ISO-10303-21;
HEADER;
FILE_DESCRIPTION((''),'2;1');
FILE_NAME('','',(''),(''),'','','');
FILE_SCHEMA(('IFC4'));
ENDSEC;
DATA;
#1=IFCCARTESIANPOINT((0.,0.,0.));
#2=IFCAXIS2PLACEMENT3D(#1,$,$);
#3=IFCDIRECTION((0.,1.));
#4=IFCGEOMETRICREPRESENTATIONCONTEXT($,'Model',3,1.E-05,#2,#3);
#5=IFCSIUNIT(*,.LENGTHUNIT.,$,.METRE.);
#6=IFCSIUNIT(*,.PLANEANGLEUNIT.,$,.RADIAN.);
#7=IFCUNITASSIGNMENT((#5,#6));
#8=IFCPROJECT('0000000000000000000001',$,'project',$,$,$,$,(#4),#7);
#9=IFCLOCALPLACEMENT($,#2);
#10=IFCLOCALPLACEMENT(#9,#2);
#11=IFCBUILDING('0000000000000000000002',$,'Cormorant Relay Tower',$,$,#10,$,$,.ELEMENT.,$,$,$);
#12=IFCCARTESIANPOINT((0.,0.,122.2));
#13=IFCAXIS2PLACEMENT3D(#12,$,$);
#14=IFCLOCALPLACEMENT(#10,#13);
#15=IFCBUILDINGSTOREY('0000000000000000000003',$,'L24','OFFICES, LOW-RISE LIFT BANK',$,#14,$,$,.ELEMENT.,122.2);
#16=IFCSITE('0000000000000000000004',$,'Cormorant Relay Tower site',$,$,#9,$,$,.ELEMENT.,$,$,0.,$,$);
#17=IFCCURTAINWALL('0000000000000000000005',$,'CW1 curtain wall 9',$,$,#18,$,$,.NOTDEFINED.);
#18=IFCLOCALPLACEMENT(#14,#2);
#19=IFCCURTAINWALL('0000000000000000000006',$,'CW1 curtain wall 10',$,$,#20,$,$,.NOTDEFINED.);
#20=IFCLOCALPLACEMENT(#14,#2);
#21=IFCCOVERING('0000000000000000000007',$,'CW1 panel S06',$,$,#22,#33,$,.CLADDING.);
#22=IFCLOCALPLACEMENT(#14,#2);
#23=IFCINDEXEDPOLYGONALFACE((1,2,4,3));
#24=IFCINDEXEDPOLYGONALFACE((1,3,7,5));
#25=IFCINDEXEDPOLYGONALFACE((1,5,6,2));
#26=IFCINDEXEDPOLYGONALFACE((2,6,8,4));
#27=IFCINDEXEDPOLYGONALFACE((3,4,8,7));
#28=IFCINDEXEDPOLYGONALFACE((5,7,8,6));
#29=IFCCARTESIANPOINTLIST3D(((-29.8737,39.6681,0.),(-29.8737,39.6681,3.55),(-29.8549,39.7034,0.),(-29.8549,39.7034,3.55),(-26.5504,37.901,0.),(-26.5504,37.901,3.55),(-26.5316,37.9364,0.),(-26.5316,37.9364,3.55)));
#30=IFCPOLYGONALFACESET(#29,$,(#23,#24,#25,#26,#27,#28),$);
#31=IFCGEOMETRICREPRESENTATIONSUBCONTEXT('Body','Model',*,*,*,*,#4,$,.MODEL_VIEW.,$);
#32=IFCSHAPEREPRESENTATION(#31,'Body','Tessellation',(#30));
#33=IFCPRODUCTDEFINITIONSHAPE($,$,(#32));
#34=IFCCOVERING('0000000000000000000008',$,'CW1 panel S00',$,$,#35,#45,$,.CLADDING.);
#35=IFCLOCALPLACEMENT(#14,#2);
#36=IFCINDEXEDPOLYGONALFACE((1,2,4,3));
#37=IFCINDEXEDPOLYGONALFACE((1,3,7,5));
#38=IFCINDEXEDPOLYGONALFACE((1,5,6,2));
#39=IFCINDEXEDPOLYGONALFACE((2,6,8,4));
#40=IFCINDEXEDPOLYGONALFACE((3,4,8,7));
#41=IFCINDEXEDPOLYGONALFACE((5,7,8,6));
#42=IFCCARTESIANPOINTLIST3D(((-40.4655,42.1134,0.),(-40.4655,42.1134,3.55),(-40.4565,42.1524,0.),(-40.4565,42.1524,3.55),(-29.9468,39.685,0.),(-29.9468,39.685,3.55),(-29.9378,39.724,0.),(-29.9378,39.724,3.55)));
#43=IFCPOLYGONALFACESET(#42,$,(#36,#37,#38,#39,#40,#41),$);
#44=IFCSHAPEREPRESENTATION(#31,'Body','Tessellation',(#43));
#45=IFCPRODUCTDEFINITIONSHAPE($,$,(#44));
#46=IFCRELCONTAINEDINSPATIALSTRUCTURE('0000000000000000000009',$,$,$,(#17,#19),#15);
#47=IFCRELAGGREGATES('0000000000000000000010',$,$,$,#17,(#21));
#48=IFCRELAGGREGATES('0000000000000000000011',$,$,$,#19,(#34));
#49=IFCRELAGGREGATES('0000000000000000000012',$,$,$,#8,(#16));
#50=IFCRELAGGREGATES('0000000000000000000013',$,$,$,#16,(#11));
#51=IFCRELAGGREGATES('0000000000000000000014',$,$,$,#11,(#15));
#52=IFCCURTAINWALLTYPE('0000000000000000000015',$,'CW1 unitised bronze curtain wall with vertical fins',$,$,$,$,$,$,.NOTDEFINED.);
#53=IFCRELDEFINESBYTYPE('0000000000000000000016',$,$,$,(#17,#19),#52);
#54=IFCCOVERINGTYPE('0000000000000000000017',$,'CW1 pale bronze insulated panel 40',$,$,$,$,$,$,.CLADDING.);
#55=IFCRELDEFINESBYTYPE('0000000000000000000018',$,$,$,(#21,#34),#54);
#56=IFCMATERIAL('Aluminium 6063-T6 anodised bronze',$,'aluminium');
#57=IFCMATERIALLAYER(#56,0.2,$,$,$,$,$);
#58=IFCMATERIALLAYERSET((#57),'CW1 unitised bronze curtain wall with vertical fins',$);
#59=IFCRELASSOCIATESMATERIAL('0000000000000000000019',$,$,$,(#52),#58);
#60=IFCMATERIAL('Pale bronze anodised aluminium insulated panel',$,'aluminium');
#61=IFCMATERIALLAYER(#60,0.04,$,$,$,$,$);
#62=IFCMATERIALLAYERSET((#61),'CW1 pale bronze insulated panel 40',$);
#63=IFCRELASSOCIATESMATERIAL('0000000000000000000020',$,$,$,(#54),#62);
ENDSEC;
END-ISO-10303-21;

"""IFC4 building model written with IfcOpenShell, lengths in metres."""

from ifc_helpers import new_model, si_unit, direction, frame, origin, origin_2d, place, context, subcontext, project, spatial, rectangle, extrude, material, layer, layer_set, type_object, element, aggregate, save


model = new_model("IFC4")

# Units and contexts
model_context = context("Model", 3, precision=1e-05, world=origin(), true_north=direction((0.0, 1.0)))
body_context = subcontext(model_context, "Body", "Model", "MODEL_VIEW")
ifc_project = project(units=[si_unit("LENGTHUNIT", "METRE"), si_unit("PLANEANGLEUNIT", "RADIAN")], contexts=[model_context])

# Site, building, storey
site_placement = place(None, origin())
site = spatial("IfcSite", under=ifc_project, at=site_placement, Name="Cormorant Relay Tower site", CompositionType="ELEMENT", RefElevation=0.0)
building_placement = place(site_placement, origin())
building = spatial("IfcBuilding", under=site, at=building_placement, Name="Cormorant Relay Tower", CompositionType="ELEMENT")
storey_placement = place(building_placement, frame((0.0, 0.0, 122.2)))
storey = spatial("IfcBuildingStorey", under=building, at=storey_placement, Name="L24", Description="OFFICES, LOW-RISE LIFT BANK", CompositionType="ELEMENT", Elevation=122.2)

# Curtain wall
ifc_material_1 = material(Name="Aluminium 6063-T6 anodised bronze", Category="aluminium")
ifc_layer_1 = layer(ifc_material_1, 0.2)
ifc_layer_set_1 = layer_set([ifc_layer_1], Name="CW1 unitised bronze curtain wall with vertical fins")
curtain_wall_type = type_object("IfcCurtainWallType", Name="CW1 unitised bronze curtain wall with vertical fins", PredefinedType="NOTDEFINED", material=ifc_layer_set_1)
curtain_wall_1_placement = place(storey_placement, origin())
curtain_wall_1 = element("IfcCurtainWall", 1, at=curtain_wall_1_placement, inside=storey, type_object=curtain_wall_type, Name="CW1 curtain wall 9", PredefinedType="NOTDEFINED")

# Curtain wall
curtain_wall_2_placement = place(storey_placement, origin())
curtain_wall_2 = element("IfcCurtainWall", 2, at=curtain_wall_2_placement, inside=storey, type_object=curtain_wall_type, Name="CW1 curtain wall 10", PredefinedType="NOTDEFINED")

# Coverings
ifc_material_2 = material(Name="Pale bronze anodised aluminium insulated panel", Category="aluminium")
ifc_layer_2 = layer(ifc_material_2, 0.04)
ifc_layer_set_2 = layer_set([ifc_layer_2], Name="CW1 pale bronze insulated panel 40")
covering_type = type_object("IfcCoveringType", Name="CW1 pale bronze insulated panel 40", PredefinedType="CLADDING", material=ifc_layer_set_2)
covering_1_placement = place(storey_placement, frame((-28.2026, 38.8022, 0.0), z_axis=(0.0, 0.0, 1.0), x_axis=(-0.882948, 0.469472, 0.0)))
covering_1 = element("IfcCovering", 3, at=covering_1_placement, type_object=covering_type, Name="CW1 panel S06", PredefinedType="CLADDING", context=body_context, shape_type="SweptSolid", body=[
    extrude(rectangle(XDim=3.7639, YDim=0.04, at=origin_2d()), origin(), (0.0, 0.0, 1.0), 3.55),
])
aggregate(curtain_wall_1, [covering_1])
covering_2_placement = place(storey_placement, frame((-35.2017, 40.9187, 0.0), z_axis=(0.0, 0.0, 1.0), x_axis=(-0.97437, 0.224951, 0.0)))
covering_2 = element("IfcCovering", 4, at=covering_2_placement, type_object=covering_type, Name="CW1 panel S00", PredefinedType="CLADDING", context=body_context, shape_type="SweptSolid", body=[
    extrude(rectangle(XDim=10.7954, YDim=0.04, at=origin_2d()), origin(), (0.0, 0.0, 1.0), 3.55),
])
aggregate(curtain_wall_2, [covering_2])

save(model, "model.ifc")
